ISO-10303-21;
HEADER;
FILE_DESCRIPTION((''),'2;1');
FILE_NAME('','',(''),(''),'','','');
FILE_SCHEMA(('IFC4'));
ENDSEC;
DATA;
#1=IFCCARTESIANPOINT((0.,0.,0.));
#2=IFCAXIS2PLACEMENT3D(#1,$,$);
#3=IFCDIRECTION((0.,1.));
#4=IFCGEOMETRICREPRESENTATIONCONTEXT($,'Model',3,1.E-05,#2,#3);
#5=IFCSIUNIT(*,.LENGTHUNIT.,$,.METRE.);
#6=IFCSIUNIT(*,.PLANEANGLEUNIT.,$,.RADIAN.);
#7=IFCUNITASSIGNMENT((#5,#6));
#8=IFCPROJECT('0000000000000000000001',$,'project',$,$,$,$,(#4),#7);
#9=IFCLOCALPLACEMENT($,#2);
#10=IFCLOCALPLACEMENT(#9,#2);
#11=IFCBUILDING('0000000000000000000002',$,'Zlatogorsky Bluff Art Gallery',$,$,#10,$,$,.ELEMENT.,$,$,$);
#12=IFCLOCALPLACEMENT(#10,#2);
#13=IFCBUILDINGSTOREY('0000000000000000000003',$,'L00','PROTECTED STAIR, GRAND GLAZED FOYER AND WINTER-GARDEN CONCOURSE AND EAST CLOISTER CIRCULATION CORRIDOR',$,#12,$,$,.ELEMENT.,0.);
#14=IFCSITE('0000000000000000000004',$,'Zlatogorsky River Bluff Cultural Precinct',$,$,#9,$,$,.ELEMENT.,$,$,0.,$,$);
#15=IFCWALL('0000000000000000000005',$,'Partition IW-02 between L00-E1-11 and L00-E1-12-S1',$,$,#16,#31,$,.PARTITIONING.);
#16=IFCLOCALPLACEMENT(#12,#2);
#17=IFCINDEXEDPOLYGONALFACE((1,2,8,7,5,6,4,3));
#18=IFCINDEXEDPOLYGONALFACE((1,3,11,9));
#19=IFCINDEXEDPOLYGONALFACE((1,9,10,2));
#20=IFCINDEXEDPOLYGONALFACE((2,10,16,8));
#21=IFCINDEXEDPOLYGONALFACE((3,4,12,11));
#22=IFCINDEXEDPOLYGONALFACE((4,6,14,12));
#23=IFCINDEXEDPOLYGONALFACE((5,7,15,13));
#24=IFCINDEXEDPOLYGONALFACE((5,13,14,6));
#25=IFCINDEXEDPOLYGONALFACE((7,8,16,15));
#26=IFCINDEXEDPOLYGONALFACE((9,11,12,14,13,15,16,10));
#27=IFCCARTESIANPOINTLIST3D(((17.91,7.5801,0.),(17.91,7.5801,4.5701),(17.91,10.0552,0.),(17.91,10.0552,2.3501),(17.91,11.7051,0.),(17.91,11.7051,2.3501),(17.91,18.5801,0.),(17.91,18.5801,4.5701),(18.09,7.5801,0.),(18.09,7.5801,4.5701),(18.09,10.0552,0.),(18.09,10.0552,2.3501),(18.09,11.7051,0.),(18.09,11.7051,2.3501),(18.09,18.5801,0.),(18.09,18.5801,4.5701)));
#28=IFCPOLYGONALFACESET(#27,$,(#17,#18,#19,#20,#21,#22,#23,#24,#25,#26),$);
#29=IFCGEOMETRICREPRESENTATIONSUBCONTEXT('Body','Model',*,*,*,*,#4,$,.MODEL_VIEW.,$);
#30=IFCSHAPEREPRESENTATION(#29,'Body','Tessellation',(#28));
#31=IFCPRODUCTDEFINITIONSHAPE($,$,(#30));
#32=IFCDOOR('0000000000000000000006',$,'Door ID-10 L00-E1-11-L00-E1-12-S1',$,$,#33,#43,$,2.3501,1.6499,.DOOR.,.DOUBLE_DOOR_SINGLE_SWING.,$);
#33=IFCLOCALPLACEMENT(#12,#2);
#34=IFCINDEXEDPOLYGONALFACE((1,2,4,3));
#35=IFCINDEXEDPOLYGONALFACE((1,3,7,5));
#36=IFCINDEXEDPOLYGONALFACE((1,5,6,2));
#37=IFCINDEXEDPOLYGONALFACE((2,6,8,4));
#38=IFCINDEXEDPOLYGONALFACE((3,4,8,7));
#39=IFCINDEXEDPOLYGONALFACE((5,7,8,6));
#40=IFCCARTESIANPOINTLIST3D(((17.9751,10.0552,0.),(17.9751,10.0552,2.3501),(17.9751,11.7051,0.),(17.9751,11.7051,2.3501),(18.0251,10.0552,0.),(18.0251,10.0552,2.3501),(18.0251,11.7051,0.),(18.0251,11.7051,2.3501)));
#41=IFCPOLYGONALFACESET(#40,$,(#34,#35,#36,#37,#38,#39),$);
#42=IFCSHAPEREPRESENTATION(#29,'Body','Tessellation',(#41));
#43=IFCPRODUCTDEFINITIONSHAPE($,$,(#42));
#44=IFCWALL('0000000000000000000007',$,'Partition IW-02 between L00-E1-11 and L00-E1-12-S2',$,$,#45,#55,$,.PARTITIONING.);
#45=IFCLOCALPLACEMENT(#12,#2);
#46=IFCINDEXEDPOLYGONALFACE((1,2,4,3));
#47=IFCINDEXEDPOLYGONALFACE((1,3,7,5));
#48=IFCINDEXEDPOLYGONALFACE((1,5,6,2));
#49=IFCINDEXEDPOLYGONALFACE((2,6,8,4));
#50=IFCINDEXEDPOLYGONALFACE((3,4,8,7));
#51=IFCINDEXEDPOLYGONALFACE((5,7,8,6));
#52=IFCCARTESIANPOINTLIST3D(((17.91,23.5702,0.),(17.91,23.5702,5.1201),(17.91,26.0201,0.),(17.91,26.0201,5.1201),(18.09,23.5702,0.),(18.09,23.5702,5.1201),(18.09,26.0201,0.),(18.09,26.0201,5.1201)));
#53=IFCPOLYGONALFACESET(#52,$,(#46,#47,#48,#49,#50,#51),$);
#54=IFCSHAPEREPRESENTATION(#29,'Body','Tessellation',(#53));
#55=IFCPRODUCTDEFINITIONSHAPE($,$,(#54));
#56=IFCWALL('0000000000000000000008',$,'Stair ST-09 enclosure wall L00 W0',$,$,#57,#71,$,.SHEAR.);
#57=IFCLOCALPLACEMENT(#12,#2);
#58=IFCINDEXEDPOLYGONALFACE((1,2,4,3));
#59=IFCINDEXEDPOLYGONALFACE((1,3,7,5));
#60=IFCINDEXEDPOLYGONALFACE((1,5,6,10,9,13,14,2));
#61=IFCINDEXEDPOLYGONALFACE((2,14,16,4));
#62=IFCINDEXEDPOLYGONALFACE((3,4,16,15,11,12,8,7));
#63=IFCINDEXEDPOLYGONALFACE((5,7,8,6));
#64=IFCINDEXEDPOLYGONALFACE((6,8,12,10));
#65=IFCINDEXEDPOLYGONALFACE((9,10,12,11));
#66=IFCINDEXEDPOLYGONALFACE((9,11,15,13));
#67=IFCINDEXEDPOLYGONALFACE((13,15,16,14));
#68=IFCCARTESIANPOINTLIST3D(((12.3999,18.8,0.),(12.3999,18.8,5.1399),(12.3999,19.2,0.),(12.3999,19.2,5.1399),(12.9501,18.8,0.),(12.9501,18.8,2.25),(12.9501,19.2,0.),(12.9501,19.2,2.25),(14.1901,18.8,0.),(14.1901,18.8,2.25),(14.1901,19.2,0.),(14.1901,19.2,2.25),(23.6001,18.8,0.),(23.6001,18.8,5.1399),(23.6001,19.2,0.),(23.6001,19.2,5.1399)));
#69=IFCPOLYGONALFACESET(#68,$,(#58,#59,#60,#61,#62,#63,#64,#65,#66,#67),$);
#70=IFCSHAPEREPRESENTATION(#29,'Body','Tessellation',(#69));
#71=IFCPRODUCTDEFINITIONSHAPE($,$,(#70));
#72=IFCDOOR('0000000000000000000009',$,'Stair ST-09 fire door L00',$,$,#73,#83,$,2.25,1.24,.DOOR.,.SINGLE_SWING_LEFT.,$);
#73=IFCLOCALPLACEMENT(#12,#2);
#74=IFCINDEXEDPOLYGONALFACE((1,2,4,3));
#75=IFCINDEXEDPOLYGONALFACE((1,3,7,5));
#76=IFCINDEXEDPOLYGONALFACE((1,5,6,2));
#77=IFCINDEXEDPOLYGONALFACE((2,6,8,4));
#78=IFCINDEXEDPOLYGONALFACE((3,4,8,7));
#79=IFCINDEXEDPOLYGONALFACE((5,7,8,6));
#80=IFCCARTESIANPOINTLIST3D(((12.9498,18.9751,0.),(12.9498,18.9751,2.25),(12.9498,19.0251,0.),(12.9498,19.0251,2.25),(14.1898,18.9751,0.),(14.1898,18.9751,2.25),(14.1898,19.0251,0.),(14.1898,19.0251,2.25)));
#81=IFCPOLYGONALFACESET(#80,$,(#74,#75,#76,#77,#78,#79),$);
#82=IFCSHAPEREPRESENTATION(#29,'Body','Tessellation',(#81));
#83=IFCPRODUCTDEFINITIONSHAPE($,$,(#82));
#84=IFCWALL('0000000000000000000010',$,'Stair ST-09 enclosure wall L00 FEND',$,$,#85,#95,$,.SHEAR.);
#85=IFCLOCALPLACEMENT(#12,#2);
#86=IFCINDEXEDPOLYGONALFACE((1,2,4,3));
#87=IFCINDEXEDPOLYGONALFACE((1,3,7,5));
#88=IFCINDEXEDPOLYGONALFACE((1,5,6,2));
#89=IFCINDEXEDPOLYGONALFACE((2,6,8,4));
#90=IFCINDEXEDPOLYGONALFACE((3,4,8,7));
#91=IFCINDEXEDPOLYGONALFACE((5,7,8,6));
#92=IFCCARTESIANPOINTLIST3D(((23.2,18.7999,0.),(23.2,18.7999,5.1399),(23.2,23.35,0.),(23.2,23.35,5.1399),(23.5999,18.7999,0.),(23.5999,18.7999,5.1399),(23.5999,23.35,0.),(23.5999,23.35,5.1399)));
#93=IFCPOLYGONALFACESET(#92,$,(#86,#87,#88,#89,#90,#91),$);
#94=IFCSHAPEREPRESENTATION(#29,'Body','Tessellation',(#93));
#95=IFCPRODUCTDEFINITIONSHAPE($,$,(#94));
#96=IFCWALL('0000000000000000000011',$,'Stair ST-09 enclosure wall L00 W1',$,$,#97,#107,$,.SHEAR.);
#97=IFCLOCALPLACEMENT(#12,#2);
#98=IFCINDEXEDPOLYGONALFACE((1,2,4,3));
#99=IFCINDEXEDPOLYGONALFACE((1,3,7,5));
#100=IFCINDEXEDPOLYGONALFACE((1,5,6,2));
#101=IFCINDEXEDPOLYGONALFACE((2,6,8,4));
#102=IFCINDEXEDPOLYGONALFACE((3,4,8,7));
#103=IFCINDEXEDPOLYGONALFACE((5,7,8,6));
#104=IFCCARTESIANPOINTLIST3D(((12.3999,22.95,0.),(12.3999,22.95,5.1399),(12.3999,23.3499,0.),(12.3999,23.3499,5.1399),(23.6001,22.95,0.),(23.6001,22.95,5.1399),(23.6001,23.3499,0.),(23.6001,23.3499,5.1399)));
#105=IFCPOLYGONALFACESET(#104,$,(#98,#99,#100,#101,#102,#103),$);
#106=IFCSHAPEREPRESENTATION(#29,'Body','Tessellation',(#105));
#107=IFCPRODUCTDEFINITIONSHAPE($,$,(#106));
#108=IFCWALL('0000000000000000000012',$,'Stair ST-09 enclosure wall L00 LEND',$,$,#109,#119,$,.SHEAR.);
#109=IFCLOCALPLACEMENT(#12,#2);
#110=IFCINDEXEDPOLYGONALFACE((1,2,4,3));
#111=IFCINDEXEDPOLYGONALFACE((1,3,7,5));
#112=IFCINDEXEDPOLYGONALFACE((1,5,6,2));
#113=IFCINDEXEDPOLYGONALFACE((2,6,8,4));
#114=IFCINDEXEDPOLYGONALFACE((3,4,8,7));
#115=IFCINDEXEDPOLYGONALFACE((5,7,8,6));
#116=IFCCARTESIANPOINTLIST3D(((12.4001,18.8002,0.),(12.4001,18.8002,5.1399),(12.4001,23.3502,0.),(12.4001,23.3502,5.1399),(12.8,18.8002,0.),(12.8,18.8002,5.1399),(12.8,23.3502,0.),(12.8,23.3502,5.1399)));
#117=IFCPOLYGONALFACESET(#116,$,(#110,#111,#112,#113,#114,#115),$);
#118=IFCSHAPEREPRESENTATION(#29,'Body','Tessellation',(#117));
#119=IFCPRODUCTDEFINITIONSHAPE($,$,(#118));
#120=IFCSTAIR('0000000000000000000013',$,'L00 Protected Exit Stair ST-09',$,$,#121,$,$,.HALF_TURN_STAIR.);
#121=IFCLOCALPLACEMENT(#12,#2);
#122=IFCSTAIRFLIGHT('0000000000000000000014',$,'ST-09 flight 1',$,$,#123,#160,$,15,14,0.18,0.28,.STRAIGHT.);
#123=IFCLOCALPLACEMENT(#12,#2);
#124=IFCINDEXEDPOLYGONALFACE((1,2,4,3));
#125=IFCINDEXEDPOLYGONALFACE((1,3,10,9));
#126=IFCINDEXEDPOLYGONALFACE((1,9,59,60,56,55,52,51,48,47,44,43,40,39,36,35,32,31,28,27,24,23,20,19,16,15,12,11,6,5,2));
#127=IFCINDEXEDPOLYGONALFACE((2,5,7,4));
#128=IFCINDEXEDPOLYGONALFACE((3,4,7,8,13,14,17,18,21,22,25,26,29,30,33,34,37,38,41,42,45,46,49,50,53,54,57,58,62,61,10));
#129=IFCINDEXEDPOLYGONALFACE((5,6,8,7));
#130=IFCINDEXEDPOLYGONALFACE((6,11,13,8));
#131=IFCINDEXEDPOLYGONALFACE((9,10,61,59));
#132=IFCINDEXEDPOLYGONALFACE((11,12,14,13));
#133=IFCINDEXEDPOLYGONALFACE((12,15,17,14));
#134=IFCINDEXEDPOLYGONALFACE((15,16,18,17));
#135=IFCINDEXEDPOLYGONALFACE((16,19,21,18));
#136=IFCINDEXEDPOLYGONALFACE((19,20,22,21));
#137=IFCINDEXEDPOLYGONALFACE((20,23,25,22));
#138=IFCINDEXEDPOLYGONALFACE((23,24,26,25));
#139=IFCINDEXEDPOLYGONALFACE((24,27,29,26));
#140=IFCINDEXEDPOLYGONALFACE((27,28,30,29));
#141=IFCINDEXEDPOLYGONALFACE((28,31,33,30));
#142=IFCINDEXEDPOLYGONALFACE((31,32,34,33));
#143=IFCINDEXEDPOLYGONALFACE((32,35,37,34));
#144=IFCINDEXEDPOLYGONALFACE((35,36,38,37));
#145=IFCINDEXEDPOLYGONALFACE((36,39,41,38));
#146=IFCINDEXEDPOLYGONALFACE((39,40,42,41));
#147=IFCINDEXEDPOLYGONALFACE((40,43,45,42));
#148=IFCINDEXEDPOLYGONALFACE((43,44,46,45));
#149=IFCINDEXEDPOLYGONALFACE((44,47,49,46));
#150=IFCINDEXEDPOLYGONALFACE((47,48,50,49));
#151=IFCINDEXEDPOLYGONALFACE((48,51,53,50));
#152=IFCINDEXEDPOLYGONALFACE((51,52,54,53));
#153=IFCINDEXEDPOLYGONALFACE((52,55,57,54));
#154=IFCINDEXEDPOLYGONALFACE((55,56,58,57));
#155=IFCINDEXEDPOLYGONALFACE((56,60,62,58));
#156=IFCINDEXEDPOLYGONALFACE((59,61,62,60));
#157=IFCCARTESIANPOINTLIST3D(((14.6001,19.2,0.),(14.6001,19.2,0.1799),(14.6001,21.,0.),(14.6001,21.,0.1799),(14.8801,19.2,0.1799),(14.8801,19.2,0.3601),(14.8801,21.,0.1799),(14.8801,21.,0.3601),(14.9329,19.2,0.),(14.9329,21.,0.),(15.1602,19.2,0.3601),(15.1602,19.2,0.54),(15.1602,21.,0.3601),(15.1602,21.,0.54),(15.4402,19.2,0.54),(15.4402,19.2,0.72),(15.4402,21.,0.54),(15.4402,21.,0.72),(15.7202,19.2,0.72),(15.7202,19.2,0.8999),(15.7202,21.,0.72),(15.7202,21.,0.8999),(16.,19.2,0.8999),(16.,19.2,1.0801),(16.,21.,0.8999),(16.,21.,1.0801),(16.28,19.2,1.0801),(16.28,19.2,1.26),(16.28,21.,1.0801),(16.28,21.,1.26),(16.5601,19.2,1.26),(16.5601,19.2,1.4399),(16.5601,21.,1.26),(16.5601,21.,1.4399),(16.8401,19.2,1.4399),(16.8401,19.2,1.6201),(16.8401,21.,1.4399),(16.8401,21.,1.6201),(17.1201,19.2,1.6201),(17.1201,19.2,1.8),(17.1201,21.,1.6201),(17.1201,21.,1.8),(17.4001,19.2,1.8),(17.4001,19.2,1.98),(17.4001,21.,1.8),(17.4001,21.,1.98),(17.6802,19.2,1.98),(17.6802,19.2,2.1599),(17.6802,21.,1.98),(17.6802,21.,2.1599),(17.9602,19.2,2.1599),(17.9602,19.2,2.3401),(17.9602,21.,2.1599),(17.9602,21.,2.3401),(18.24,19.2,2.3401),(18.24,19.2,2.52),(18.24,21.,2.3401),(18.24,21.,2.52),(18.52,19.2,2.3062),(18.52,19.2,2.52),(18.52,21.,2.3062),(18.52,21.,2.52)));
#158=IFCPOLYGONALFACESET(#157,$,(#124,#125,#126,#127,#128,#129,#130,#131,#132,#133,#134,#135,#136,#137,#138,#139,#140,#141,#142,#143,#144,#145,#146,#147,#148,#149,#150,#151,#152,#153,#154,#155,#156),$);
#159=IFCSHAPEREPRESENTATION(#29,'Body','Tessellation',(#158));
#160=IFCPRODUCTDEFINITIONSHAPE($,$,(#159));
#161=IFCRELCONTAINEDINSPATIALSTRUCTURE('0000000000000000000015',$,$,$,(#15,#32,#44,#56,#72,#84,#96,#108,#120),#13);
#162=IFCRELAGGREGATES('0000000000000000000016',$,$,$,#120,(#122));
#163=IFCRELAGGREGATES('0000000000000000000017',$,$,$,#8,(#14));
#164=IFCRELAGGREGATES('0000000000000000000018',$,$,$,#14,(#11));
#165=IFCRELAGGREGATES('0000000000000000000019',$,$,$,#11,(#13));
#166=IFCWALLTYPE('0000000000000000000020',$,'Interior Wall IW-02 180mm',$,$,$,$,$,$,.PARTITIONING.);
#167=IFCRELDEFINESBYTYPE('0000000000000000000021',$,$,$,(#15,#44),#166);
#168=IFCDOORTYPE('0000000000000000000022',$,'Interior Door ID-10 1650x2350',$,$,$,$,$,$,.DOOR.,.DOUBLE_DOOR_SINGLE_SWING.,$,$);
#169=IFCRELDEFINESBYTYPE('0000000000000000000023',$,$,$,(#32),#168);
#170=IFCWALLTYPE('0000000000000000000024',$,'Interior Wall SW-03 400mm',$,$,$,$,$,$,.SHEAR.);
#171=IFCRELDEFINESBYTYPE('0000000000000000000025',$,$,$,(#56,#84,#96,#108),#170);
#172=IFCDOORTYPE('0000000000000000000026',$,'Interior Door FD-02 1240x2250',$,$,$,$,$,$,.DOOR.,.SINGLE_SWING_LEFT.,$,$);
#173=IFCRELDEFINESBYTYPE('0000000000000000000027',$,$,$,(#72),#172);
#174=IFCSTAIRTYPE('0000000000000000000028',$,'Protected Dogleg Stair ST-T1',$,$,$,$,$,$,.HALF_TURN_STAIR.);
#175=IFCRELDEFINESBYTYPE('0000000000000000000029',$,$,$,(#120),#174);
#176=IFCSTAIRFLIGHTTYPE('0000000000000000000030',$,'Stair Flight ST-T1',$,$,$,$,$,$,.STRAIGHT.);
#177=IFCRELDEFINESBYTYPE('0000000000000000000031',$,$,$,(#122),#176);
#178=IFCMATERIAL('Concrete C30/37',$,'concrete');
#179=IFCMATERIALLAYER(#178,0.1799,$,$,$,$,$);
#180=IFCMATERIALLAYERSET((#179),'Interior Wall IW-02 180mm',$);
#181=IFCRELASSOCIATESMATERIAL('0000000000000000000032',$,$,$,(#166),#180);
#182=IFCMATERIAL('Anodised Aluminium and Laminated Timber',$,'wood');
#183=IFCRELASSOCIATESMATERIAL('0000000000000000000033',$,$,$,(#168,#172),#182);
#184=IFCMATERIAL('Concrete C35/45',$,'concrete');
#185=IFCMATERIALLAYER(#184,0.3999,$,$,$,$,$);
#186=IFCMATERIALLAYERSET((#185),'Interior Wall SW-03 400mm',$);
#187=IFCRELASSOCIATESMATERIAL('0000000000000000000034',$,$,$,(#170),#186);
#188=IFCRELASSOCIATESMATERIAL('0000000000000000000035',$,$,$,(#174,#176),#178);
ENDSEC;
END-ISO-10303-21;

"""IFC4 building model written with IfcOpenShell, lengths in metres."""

from ifc_helpers import new_model, si_unit, direction, frame, frame_2d, origin, place, context, subcontext, project, spatial, polyline, rectangle, outline, extrude, material, layer, layer_set, type_object, element, fill, aggregate, save


model = new_model("IFC4")

# Units and contexts
model_context = context("Model", 3, precision=1e-05, world=origin(), true_north=direction((0.0, 1.0)))
body_context = subcontext(model_context, "Body", "Model", "MODEL_VIEW")
ifc_project = project(units=[si_unit("LENGTHUNIT", "METRE"), si_unit("PLANEANGLEUNIT", "RADIAN")], contexts=[model_context])

# Site, building, storey
site_placement = place(None, origin())
site = spatial("IfcSite", under=ifc_project, at=site_placement, Name="Zlatogorsky River Bluff Cultural Precinct", CompositionType="ELEMENT", RefElevation=0.0)
building_placement = place(site_placement, origin())
building = spatial("IfcBuilding", under=site, at=building_placement, Name="Zlatogorsky Bluff Art Gallery", CompositionType="ELEMENT")
storey_placement = place(building_placement, origin())
storey = spatial("IfcBuildingStorey", under=building, at=storey_placement, Name="L00", Description="PROTECTED STAIR, GRAND GLAZED FOYER AND WINTER-GARDEN CONCOURSE AND EAST CLOISTER CIRCULATION CORRIDOR", CompositionType="ELEMENT", Elevation=0.0)

# Shared definitions
ifc_material_1 = material(Name="Concrete C35/45", Category="concrete")

# Wall, opening, door
ifc_material_2 = material(Name="Concrete C30/37", Category="concrete")
ifc_layer_1 = layer(ifc_material_2, 0.1799)
ifc_layer_set_1 = layer_set([ifc_layer_1], Name="Interior Wall IW-02 180mm")
wall_type_1 = type_object("IfcWallType", Name="Interior Wall IW-02 180mm", PredefinedType="PARTITIONING", material=ifc_layer_set_1)
wall_1_placement = place(storey_placement, frame((18.0, 7.5801, 0.0), z_axis=(0.0, 0.0, 1.0), x_axis=(0.0, 1.0, 0.0)))
wall_1 = element("IfcWall", 1, at=wall_1_placement, inside=storey, type_object=wall_type_1, Name="Partition IW-02 between L00-E1-11 and L00-E1-12-S1", PredefinedType="PARTITIONING", context=body_context, shape_type="SweptSolid", body=[
    extrude(rectangle(XDim=11.0, YDim=0.1799, at=frame_2d((5.5, 0.0))), origin(), (0.0, 0.0, 1.0), 4.5701),
])
opening_1_placement = place(wall_1_placement, frame((2.4751, 0.0, 0.0)))
opening_1 = element("IfcOpeningElement", 2, at=opening_1_placement, cuts=wall_1, PredefinedType="OPENING", context=body_context, shape_type="SweptSolid", body=[
    extrude(rectangle(XDim=1.6499, YDim=2.3501, at=frame_2d((0.825, 1.175))), frame((0.0, 0.0999, 0.0), z_axis=(0.0, -1.0, 0.0), x_axis=(1.0, 0.0, 0.0)), (0.0, 0.0, 1.0), 0.2),
])
ifc_material_3 = material(Name="Anodised Aluminium and Laminated Timber", Category="wood")
door_type_1 = type_object("IfcDoorType", Name="Interior Door ID-10 1650x2350", OperationType="DOUBLE_DOOR_SINGLE_SWING", PredefinedType="DOOR", material=ifc_material_3)
door_1_placement = place(opening_1_placement, origin())
door_1 = element("IfcDoor", 3, at=door_1_placement, inside=storey, type_object=door_type_1, Name="Door ID-10 L00-E1-11-L00-E1-12-S1", OperationType="DOUBLE_DOOR_SINGLE_SWING", OverallHeight=2.3501, OverallWidth=1.6499, PredefinedType="DOOR", context=body_context, shape_type="SweptSolid", body=[
    extrude(rectangle(XDim=1.6499, YDim=2.3501, at=frame_2d((0.825, 1.175))), frame((0.0, 0.0249, 0.0), z_axis=(0.0, -1.0, 0.0), x_axis=(1.0, 0.0, 0.0)), (0.0, 0.0, 1.0), 0.05),
])
fill(opening_1, door_1)

# Wall
wall_2_placement = place(storey_placement, frame((18.0, 23.5701, 0.0), z_axis=(0.0, 0.0, 1.0), x_axis=(0.0, 1.0, 0.0)))
element("IfcWall", 4, at=wall_2_placement, inside=storey, type_object=wall_type_1, Name="Partition IW-02 between L00-E1-11 and L00-E1-12-S2", PredefinedType="PARTITIONING", context=body_context, shape_type="SweptSolid", body=[
    extrude(rectangle(XDim=2.45, YDim=0.1799, at=frame_2d((1.2251, 0.0))), origin(), (0.0, 0.0, 1.0), 5.1201),
])

# Wall, opening, door
ifc_layer_2 = layer(ifc_material_1, 0.3999)
ifc_layer_set_2 = layer_set([ifc_layer_2], Name="Interior Wall SW-03 400mm")
wall_type_2 = type_object("IfcWallType", Name="Interior Wall SW-03 400mm", PredefinedType="SHEAR", material=ifc_layer_set_2)
wall_3_placement = place(storey_placement, frame((12.3999, 19.0, 0.0), z_axis=(0.0, 0.0, 1.0), x_axis=(1.0, 0.0, 0.0)))
wall_3 = element("IfcWall", 5, at=wall_3_placement, inside=storey, type_object=wall_type_2, Name="Stair ST-09 enclosure wall L00 W0", PredefinedType="SHEAR", context=body_context, shape_type="SweptSolid", body=[
    extrude(rectangle(XDim=11.2002, YDim=0.3999, at=frame_2d((5.6001, 0.0))), origin(), (0.0, 0.0, 1.0), 5.1399),
])
opening_2_placement = place(wall_3_placement, frame((0.55, 0.0, 0.0)))
opening_2 = element("IfcOpeningElement", 6, at=opening_2_placement, cuts=wall_3, PredefinedType="OPENING", context=body_context, shape_type="SweptSolid", body=[
    extrude(rectangle(XDim=1.24, YDim=2.25, at=frame_2d((0.6201, 1.125))), frame((0.0, 0.21, 0.0), z_axis=(0.0, -1.0, 0.0), x_axis=(1.0, 0.0, 0.0)), (0.0, 0.0, 1.0), 0.4199),
])
door_type_2 = type_object("IfcDoorType", Name="Interior Door FD-02 1240x2250", OperationType="SINGLE_SWING_LEFT", PredefinedType="DOOR", material=ifc_material_3)
door_2_placement = place(opening_2_placement, frame((1.24, 0.0, 0.0), z_axis=(0.0, 0.0, 1.0), x_axis=(-1.0, 0.0, 0.0)))
door_2 = element("IfcDoor", 7, at=door_2_placement, inside=storey, type_object=door_type_2, Name="Stair ST-09 fire door L00", OperationType="SINGLE_SWING_LEFT", OverallHeight=2.25, OverallWidth=1.24, PredefinedType="DOOR", context=body_context, shape_type="SweptSolid", body=[
    extrude(rectangle(XDim=1.24, YDim=2.25, at=frame_2d((0.6201, 1.125))), frame((0.0, 0.0249, 0.0), z_axis=(0.0, -1.0, 0.0), x_axis=(1.0, 0.0, 0.0)), (0.0, 0.0, 1.0), 0.05),
])
fill(opening_2, door_2)

# Walls
wall_4_placement = place(storey_placement, frame((23.3999, 18.8, 0.0), z_axis=(0.0, 0.0, 1.0), x_axis=(0.0, 1.0, 0.0)))
element("IfcWall", 8, at=wall_4_placement, inside=storey, type_object=wall_type_2, Name="Stair ST-09 enclosure wall L00 FEND", PredefinedType="SHEAR", context=body_context, shape_type="SweptSolid", body=[
    extrude(rectangle(XDim=4.55, YDim=0.3999, at=frame_2d((2.2749, 0.0))), origin(), (0.0, 0.0, 1.0), 5.1399),
])
wall_5_placement = place(storey_placement, frame((23.6001, 23.1499, 0.0), z_axis=(0.0, 0.0, 1.0), x_axis=(-1.0, 0.0, 0.0)))
element("IfcWall", 9, at=wall_5_placement, inside=storey, type_object=wall_type_2, Name="Stair ST-09 enclosure wall L00 W1", PredefinedType="SHEAR", context=body_context, shape_type="SweptSolid", body=[
    extrude(rectangle(XDim=11.2002, YDim=0.3999, at=frame_2d((5.6001, 0.0))), origin(), (0.0, 0.0, 1.0), 5.1399),
])
wall_6_placement = place(storey_placement, frame((12.6001, 23.3501, 0.0), z_axis=(0.0, 0.0, 1.0), x_axis=(0.0, -1.0, 0.0)))
element("IfcWall", 10, at=wall_6_placement, inside=storey, type_object=wall_type_2, Name="Stair ST-09 enclosure wall L00 LEND", PredefinedType="SHEAR", context=body_context, shape_type="SweptSolid", body=[
    extrude(rectangle(XDim=4.55, YDim=0.3999, at=frame_2d((2.2749, 0.0))), origin(), (0.0, 0.0, 1.0), 5.1399),
])

# Stair, stair flight
stair_type = type_object("IfcStairType", Name="Protected Dogleg Stair ST-T1", PredefinedType="HALF_TURN_STAIR", material=ifc_material_2)
stair_placement = place(storey_placement, origin())
stair = element("IfcStair", 11, at=stair_placement, inside=storey, type_object=stair_type, Name="L00 Protected Exit Stair ST-09", PredefinedType="HALF_TURN_STAIR")
stair_flight_type = type_object("IfcStairFlightType", Name="Stair Flight ST-T1", PredefinedType="STRAIGHT", material=ifc_material_2)
stair_flight_1_placement = place(storey_placement, frame((14.6001, 20.1001, 0.0), z_axis=(0.0, 0.0, 1.0), x_axis=(1.0, 0.0, 0.0)))
stair_flight_1 = element("IfcStairFlight", 12, at=stair_flight_1_placement, type_object=stair_flight_type, Name="ST-09 flight 1", NumberOfRisers=15, NumberOfTreads=14, PredefinedType="STRAIGHT", RiserHeight=0.18, TreadLength=0.28, context=body_context, shape_type="SweptSolid", body=[
    extrude(outline(polyline([(0.0, 0.0), (0.0, 0.1799), (0.28, 0.1799), (0.28, 0.3601), (0.5601, 0.3601), (0.5601, 0.54), (0.8401, 0.54), (0.8401, 0.72), (1.1201, 0.72), (1.1201, 0.8999), (1.3999, 0.8999), (1.3999, 1.0801), (1.6799, 1.0801), (1.6799, 1.26), (1.96, 1.26), (1.96, 1.4399), (2.24, 1.4399), (2.24, 1.6201), (2.52, 1.6201), (2.52, 1.8), (2.8, 1.8), (2.8, 1.98), (3.0801, 1.98), (3.0801, 2.1599), (3.3601, 2.1599), (3.3601, 2.3401), (3.6399, 2.3401), (3.6399, 2.52), (3.9199, 2.52), (3.9199, 2.7), (3.9199, 2.3062), (0.3328, 0.0), (0.0, 0.0)])), frame((0.0, 0.8999, 0.0), z_axis=(0.0, -1.0, 0.0), x_axis=(1.0, 0.0, 0.0)), (0.0, 0.0, 1.0), 1.8),
])
aggregate(stair, [stair_flight_1])

save(model, "model.ifc")
